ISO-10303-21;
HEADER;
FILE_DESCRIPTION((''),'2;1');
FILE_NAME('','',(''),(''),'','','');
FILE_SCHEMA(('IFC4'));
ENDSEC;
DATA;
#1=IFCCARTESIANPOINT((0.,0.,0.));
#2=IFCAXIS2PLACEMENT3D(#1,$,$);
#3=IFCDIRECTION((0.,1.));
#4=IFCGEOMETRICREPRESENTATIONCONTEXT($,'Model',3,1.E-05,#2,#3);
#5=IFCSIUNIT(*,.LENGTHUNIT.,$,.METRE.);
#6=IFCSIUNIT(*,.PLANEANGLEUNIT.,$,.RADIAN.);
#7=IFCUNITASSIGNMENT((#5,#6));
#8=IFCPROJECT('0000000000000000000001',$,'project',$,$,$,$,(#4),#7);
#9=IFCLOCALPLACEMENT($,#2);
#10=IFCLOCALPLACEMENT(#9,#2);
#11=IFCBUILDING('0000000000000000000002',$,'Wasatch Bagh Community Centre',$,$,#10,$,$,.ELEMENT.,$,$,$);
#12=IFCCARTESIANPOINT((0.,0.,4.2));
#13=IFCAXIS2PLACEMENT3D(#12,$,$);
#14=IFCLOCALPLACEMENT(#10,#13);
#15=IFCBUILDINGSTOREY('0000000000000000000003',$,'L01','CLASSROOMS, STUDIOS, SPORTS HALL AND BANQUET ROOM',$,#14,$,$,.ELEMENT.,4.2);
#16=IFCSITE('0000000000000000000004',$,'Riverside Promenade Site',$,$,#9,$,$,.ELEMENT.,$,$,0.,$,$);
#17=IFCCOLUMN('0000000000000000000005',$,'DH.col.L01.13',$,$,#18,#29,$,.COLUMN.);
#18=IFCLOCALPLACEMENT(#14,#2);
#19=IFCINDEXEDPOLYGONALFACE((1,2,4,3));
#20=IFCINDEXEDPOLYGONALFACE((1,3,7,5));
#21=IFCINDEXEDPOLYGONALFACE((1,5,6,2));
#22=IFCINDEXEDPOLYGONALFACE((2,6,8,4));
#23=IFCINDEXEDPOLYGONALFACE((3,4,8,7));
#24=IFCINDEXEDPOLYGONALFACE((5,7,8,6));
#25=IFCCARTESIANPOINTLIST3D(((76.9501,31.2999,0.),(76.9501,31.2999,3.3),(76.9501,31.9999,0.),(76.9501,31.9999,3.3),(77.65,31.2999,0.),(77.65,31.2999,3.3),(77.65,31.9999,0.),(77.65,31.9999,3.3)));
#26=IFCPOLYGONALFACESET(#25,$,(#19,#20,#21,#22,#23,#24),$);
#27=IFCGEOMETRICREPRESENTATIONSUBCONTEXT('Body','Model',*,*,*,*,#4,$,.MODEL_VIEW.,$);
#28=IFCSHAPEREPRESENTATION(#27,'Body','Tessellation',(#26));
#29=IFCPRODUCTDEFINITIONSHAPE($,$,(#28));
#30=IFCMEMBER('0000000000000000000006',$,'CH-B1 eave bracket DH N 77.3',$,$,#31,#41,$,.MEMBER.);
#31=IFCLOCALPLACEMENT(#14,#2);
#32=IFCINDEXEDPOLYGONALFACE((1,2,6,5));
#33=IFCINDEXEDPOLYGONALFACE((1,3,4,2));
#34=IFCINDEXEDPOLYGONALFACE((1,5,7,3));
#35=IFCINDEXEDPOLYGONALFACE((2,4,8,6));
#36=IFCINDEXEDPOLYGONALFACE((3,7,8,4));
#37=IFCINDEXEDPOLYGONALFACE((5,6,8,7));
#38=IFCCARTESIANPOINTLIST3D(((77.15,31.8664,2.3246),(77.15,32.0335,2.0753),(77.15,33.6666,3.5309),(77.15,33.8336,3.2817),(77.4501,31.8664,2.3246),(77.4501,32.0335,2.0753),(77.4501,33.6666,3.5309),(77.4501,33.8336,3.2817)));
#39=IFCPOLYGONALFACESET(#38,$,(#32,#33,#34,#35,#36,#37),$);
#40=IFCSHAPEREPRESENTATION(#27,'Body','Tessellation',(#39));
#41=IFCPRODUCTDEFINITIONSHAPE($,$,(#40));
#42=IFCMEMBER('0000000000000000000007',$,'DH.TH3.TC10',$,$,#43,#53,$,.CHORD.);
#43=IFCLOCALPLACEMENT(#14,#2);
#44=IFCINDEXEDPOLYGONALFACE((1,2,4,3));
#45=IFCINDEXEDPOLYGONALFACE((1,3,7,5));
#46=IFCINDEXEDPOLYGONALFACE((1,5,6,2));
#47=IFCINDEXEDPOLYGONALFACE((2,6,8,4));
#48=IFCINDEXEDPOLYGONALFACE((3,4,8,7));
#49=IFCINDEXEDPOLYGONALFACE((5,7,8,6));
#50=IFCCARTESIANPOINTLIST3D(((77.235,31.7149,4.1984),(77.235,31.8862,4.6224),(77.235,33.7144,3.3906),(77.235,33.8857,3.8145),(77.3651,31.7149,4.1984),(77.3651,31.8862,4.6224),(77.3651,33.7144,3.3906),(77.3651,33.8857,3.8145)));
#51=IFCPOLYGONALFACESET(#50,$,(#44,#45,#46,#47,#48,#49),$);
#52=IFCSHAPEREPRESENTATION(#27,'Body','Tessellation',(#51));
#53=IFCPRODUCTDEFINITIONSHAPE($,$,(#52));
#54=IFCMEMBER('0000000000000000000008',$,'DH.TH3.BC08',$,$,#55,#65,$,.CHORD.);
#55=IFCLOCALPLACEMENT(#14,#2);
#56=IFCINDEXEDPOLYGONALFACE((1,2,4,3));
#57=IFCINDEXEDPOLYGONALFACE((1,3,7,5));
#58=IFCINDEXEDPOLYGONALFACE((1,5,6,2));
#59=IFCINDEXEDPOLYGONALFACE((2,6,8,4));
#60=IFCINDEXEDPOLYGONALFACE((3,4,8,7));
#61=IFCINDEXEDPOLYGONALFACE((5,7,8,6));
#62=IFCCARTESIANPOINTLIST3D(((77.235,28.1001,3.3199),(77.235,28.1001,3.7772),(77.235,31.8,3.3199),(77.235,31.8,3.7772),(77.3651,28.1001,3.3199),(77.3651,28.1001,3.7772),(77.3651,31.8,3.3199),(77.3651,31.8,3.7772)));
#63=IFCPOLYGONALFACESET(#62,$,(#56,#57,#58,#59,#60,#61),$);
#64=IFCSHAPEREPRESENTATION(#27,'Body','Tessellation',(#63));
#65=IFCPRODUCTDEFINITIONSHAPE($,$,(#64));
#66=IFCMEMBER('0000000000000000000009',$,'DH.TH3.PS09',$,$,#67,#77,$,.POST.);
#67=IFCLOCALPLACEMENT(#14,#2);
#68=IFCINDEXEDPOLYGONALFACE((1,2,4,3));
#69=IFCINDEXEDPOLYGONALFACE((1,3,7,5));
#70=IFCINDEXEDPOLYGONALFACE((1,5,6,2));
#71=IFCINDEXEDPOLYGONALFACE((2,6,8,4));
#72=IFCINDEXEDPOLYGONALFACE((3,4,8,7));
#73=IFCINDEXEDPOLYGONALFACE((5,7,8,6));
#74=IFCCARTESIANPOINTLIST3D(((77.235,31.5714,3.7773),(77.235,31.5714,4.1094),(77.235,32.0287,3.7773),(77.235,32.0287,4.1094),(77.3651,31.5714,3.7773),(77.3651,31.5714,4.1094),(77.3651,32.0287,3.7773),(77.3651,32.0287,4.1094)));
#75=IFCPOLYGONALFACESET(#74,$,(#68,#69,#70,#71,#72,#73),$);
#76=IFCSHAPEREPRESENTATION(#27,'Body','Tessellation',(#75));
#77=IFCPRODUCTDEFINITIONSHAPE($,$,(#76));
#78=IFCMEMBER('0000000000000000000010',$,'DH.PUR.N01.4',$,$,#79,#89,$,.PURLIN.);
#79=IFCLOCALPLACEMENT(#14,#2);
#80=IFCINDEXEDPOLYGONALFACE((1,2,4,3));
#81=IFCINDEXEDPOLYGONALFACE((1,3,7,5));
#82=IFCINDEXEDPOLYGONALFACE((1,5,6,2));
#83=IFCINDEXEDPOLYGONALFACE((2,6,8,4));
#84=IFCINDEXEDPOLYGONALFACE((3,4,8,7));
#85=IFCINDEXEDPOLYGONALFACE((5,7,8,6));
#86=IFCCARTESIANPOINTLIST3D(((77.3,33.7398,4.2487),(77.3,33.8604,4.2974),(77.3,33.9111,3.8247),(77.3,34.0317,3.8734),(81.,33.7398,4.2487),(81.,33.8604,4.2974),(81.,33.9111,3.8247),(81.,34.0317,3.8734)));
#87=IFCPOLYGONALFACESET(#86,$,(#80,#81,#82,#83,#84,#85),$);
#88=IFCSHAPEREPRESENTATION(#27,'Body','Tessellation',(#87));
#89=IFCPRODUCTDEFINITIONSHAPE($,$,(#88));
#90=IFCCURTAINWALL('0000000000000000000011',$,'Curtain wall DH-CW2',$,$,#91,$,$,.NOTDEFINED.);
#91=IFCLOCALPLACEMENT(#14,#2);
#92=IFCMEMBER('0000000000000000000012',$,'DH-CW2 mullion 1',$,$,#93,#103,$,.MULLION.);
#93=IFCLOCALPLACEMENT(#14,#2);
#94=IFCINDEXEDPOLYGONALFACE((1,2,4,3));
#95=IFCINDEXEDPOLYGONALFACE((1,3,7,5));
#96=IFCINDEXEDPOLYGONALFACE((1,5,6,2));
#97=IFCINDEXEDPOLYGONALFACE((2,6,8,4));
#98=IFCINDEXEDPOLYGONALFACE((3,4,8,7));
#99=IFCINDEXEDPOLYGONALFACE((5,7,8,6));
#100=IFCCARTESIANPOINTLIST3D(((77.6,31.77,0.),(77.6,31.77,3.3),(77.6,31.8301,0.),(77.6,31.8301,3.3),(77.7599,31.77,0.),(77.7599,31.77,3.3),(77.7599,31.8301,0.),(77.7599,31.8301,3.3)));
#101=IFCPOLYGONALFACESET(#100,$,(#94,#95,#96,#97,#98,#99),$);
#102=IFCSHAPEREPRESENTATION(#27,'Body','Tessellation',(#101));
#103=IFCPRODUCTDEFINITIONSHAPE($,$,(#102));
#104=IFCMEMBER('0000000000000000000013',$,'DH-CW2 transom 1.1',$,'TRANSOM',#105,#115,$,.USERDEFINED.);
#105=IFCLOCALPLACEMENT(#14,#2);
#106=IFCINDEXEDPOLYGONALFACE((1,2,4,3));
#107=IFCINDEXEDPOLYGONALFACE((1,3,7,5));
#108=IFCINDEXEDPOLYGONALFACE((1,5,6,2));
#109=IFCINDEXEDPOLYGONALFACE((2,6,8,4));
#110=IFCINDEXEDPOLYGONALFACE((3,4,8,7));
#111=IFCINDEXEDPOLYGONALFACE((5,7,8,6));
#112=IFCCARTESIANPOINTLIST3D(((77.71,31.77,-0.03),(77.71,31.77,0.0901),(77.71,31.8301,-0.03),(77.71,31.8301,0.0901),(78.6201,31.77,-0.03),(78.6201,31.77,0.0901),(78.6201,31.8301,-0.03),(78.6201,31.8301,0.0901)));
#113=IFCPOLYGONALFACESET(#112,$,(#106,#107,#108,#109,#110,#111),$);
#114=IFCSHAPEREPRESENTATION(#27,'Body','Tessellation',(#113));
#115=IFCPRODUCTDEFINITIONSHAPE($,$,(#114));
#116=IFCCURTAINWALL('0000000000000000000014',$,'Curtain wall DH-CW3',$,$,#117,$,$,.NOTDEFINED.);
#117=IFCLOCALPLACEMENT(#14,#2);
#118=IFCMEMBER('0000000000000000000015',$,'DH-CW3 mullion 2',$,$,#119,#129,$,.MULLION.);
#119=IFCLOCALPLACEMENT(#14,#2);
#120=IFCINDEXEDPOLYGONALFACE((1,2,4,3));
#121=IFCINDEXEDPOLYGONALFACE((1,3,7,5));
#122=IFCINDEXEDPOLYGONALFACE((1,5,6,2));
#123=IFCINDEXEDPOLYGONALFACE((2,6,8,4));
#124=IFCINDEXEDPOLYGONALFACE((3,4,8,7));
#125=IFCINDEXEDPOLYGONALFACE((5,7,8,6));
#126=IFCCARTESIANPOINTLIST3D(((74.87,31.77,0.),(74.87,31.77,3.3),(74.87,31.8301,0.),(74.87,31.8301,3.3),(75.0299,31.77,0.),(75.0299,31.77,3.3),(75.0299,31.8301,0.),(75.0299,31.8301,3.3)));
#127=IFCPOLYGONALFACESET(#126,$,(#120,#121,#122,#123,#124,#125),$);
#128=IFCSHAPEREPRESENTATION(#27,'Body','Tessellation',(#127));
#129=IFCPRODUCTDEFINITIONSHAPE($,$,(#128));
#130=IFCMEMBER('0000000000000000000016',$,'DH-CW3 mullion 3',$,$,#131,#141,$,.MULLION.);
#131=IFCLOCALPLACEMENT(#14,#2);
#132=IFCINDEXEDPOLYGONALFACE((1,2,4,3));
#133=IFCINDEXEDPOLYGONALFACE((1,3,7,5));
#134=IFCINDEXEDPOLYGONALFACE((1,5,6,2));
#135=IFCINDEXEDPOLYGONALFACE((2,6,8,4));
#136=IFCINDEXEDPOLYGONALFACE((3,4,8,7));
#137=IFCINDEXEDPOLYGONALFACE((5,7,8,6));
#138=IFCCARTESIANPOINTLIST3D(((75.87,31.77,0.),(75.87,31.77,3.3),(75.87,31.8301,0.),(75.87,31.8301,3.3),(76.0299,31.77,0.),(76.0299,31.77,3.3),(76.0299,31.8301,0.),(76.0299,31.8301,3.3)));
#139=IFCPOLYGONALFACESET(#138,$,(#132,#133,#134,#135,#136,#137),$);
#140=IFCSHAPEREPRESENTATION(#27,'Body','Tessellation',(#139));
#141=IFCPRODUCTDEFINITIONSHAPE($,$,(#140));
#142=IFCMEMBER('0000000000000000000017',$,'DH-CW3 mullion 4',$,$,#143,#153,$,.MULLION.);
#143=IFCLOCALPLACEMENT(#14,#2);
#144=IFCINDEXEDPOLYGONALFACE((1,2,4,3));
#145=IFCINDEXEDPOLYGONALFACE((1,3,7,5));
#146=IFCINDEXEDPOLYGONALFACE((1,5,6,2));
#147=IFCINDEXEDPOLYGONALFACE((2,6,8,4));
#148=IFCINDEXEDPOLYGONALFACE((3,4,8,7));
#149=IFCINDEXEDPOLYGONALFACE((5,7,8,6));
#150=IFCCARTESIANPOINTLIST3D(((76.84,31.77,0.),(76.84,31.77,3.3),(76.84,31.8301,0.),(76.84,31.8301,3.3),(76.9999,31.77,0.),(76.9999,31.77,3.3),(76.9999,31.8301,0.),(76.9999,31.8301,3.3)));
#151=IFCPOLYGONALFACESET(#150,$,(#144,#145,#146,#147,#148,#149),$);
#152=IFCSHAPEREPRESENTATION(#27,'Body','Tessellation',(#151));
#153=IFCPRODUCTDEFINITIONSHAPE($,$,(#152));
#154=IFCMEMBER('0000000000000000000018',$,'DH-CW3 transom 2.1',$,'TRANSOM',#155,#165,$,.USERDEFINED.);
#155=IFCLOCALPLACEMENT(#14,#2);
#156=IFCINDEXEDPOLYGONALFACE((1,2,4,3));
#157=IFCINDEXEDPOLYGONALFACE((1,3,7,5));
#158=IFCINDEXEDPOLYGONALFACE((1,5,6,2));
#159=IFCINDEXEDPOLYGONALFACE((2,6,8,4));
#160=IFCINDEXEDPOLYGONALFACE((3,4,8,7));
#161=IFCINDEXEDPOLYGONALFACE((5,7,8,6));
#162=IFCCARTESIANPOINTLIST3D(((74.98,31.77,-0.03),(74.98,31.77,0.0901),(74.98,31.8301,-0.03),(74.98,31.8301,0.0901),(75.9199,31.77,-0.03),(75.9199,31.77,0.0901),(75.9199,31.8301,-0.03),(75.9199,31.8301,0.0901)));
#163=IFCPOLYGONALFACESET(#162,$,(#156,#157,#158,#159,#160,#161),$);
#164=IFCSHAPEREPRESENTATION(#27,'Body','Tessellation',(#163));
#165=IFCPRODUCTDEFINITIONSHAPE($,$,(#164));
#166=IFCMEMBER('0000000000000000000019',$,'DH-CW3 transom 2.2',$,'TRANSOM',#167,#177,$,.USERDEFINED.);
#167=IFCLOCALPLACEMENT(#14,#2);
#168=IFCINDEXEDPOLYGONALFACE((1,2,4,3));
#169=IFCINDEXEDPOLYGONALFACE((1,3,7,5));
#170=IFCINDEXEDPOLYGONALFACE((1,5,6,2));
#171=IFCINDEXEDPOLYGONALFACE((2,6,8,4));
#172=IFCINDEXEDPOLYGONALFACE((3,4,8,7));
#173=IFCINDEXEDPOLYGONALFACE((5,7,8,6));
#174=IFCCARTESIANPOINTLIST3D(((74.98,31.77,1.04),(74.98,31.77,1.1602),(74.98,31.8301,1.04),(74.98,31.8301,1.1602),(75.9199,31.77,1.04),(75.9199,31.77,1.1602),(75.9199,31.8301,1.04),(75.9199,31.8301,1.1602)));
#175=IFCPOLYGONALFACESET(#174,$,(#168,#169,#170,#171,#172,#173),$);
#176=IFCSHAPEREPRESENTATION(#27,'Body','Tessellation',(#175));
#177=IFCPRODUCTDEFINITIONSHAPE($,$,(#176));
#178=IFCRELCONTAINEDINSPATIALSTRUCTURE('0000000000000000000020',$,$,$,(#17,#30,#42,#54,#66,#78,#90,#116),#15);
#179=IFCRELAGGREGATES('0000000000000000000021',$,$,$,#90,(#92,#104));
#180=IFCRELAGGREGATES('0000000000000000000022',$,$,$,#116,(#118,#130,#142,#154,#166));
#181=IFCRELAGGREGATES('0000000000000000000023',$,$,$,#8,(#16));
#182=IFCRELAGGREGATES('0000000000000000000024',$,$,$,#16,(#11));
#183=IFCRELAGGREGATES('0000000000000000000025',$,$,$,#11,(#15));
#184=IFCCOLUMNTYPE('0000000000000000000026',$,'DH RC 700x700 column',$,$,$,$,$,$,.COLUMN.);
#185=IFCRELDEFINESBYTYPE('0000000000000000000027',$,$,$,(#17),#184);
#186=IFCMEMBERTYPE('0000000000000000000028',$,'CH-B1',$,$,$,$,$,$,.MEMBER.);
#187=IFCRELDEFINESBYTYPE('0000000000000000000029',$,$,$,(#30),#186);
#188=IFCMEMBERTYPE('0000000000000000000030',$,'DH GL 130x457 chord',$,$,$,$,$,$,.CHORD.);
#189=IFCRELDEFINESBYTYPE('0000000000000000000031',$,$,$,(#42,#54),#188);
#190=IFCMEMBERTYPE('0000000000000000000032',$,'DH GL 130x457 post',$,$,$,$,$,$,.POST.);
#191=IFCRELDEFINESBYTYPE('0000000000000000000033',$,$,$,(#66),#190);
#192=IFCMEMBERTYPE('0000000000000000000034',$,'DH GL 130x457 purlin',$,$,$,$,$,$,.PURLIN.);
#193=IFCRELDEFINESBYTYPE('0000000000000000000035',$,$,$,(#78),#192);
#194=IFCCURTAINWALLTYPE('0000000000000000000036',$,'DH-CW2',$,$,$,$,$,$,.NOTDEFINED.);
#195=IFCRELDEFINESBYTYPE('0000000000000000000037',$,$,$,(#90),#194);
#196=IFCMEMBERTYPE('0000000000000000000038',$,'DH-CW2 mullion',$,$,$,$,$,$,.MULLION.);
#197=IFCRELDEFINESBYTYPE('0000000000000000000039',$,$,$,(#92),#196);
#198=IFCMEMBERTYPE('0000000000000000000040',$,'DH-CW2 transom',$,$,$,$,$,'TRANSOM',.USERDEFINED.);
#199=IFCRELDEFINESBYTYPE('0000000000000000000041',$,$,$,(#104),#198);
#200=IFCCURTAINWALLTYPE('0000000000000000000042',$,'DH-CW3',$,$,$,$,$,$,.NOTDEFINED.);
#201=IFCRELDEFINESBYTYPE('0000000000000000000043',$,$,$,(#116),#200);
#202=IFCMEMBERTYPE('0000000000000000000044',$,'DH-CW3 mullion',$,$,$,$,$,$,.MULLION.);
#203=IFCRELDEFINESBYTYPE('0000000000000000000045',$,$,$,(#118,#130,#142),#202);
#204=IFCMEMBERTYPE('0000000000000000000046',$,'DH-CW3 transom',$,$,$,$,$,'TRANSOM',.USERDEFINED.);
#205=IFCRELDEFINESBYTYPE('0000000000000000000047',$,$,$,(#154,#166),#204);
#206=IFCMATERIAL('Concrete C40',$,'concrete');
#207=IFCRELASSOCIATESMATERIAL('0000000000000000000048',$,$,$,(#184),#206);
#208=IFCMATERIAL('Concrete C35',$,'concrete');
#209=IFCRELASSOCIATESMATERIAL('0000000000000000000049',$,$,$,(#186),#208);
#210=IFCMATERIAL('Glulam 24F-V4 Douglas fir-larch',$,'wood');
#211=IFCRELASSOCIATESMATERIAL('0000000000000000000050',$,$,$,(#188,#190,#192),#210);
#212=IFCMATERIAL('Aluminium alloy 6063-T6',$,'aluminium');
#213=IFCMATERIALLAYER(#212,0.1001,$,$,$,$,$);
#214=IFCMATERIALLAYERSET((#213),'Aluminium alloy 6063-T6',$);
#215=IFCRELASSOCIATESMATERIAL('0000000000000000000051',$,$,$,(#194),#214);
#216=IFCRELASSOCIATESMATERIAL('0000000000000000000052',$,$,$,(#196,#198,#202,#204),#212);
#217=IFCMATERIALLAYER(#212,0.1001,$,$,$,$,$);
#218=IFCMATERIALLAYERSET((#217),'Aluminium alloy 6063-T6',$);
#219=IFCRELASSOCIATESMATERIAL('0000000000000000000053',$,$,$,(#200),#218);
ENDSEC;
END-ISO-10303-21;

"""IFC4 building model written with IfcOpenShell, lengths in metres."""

from ifc_helpers import new_model, si_unit, direction, frame, origin, origin_2d, place, context, subcontext, project, spatial, rectangle, extrude, material, layer, layer_set, material_profile, profile_set, type_object, element, aggregate, save


model = new_model("IFC4")

# Units and contexts
model_context = context("Model", 3, precision=1e-05, world=origin(), true_north=direction((0.0, 1.0)))
body_context = subcontext(model_context, "Body", "Model", "MODEL_VIEW")
ifc_project = project(units=[si_unit("LENGTHUNIT", "METRE"), si_unit("PLANEANGLEUNIT", "RADIAN")], contexts=[model_context])

# Site, building, storey
site_placement = place(None, origin())
site = spatial("IfcSite", under=ifc_project, at=site_placement, Name="Riverside Promenade Site", CompositionType="ELEMENT", RefElevation=0.0)
building_placement = place(site_placement, origin())
building = spatial("IfcBuilding", under=site, at=building_placement, Name="Wasatch Bagh Community Centre", CompositionType="ELEMENT")
storey_placement = place(building_placement, frame((0.0, 0.0, 4.2)))
storey = spatial("IfcBuildingStorey", under=building, at=storey_placement, Name="L01", Description="CLASSROOMS, STUDIOS, SPORTS HALL AND BANQUET ROOM", CompositionType="ELEMENT", Elevation=4.2)

# Column
ifc_material_1 = material(Name="Concrete C40", Category="concrete")
ifc_material_profile_1 = material_profile(ifc_material_1, rectangle(XDim=0.7, YDim=0.7, at=origin_2d()), Name="RC 700x700")
ifc_profile_set_1 = profile_set([ifc_material_profile_1], Name="Concrete C40")
column_type = type_object("IfcColumnType", Name="DH RC 700x700 column", PredefinedType="COLUMN", material=ifc_profile_set_1)
column_placement = place(storey_placement, frame((77.3, 31.6499, 0.0), z_axis=(0.0, 0.0, 1.0), x_axis=(1.0, 0.0, 0.0)))
element("IfcColumn", 1, at=column_placement, inside=storey, type_object=column_type, Name="DH.col.L01.13", PredefinedType="COLUMN", context=body_context, shape_type="SweptSolid", body=[
    extrude(rectangle(XDim=0.7, YDim=0.7, at=origin_2d()), origin(), (0.0, 0.0, 1.0), 3.3),
])

# Members
ifc_material_2 = material(Name="Concrete C35", Category="concrete")
ifc_material_profile_2 = material_profile(ifc_material_2, rectangle(XDim=0.3, YDim=0.3, at=origin_2d()), Name="RC 300x300")
ifc_profile_set_2 = profile_set([ifc_material_profile_2], Name="Concrete C35")
member_type_1 = type_object("IfcMemberType", Name="CH-B1", PredefinedType="MEMBER", material=ifc_profile_set_2)
member_1_placement = place(storey_placement, frame((77.3, 31.95, 2.2), z_axis=(0.0, 0.830713, 0.556701), x_axis=(-1.0, 0.0, 0.0)))
element("IfcMember", 2, at=member_1_placement, inside=storey, type_object=member_type_1, Name="CH-B1 eave bracket DH N 77.3", PredefinedType="MEMBER", context=body_context, shape_type="SweptSolid", body=[
    extrude(rectangle(XDim=0.3, YDim=0.3, at=origin_2d()), origin(), (0.0, 0.0, 1.0), 2.167),
])
ifc_material_3 = material(Name="Glulam 24F-V4 Douglas fir-larch", Category="wood")
ifc_material_profile_3 = material_profile(ifc_material_3, rectangle(XDim=0.1301, YDim=0.4573, at=origin_2d()), Name="GL 130x457")
ifc_profile_set_3 = profile_set([ifc_material_profile_3], Name="Glulam 24F-V4 Douglas fir-larch")
member_type_2 = type_object("IfcMemberType", Name="DH GL 130x457 chord", PredefinedType="CHORD", material=ifc_profile_set_3)
member_2_placement = place(storey_placement, frame((77.3, 31.8005, 4.4104), z_axis=(0.0, 0.927183, -0.374609), x_axis=(-1.0, 0.0, 0.0)))
element("IfcMember", 3, at=member_2_placement, inside=storey, type_object=member_type_2, Name="DH.TH3.TC10", PredefinedType="CHORD", context=body_context, shape_type="SweptSolid", body=[
    extrude(rectangle(XDim=0.1301, YDim=0.4573, at=origin_2d()), origin(), (0.0, 0.0, 1.0), 2.1565),
])
member_3_placement = place(storey_placement, frame((77.3, 28.1001, 3.5486), z_axis=(0.0, 1.0, 0.0), x_axis=(-1.0, 0.0, 0.0)))
element("IfcMember", 4, at=member_3_placement, inside=storey, type_object=member_type_2, Name="DH.TH3.BC08", PredefinedType="CHORD", context=body_context, shape_type="SweptSolid", body=[
    extrude(rectangle(XDim=0.1301, YDim=0.4573, at=origin_2d()), origin(), (0.0, 0.0, 1.0), 3.7),
])
ifc_material_profile_4 = material_profile(ifc_material_3, rectangle(XDim=0.1301, YDim=0.4573, at=origin_2d()), Name="GL 130x457")
ifc_profile_set_4 = profile_set([ifc_material_profile_4], Name="Glulam 24F-V4 Douglas fir-larch")
member_type_3 = type_object("IfcMemberType", Name="DH GL 130x457 post", PredefinedType="POST", material=ifc_profile_set_4)
member_4_placement = place(storey_placement, frame((77.3, 31.8, 3.7773), z_axis=(0.0, 0.0, 1.0), x_axis=(1.0, 0.0, 0.0)))
element("IfcMember", 5, at=member_4_placement, inside=storey, type_object=member_type_3, Name="DH.TH3.PS09", PredefinedType="POST", context=body_context, shape_type="SweptSolid", body=[
    extrude(rectangle(XDim=0.1301, YDim=0.4573, at=origin_2d()), origin(), (0.0, 0.0, 1.0), 0.332),
])
ifc_material_profile_5 = material_profile(ifc_material_3, rectangle(XDim=0.1301, YDim=0.4573, at=origin_2d()), Name="GL 130x457")
ifc_profile_set_5 = profile_set([ifc_material_profile_5], Name="Glulam 24F-V4 Douglas fir-larch")
member_type_4 = type_object("IfcMemberType", Name="DH GL 130x457 purlin", PredefinedType="PURLIN", material=ifc_profile_set_5)
member_5_placement = place(storey_placement, frame((77.3, 33.8857, 4.061), z_axis=(1.0, 0.0, 0.0), x_axis=(0.0, 0.927184, 0.374607)))
element("IfcMember", 6, at=member_5_placement, inside=storey, type_object=member_type_4, Name="DH.PUR.N01.4", PredefinedType="PURLIN", context=body_context, shape_type="SweptSolid", body=[
    extrude(rectangle(XDim=0.1301, YDim=0.4573, at=origin_2d()), origin(), (0.0, 0.0, 1.0), 3.7),
])

# Curtain wall, members
ifc_material_4 = material(Name="Aluminium alloy 6063-T6", Category="aluminium")
ifc_layer_1 = layer(ifc_material_4, 0.1001)
ifc_layer_set_1 = layer_set([ifc_layer_1], Name="Aluminium alloy 6063-T6")
curtain_wall_type_1 = type_object("IfcCurtainWallType", Name="DH-CW2", PredefinedType="NOTDEFINED", material=ifc_layer_set_1)
curtain_wall_1_placement = place(storey_placement, origin())
curtain_wall_1 = element("IfcCurtainWall", 7, at=curtain_wall_1_placement, inside=storey, type_object=curtain_wall_type_1, Name="Curtain wall DH-CW2", PredefinedType="NOTDEFINED")
ifc_material_profile_6 = material_profile(ifc_material_4, rectangle(XDim=0.0601, YDim=0.1599, at=origin_2d()), Name="AL 60x160")
ifc_profile_set_6 = profile_set([ifc_material_profile_6], Name="Aluminium alloy 6063-T6")
member_type_5 = type_object("IfcMemberType", Name="DH-CW2 mullion", PredefinedType="MULLION", material=ifc_profile_set_6)
member_6_placement = place(storey_placement, frame((77.6799, 31.8, 0.0), z_axis=(0.0, 0.0, 1.0), x_axis=(0.0, 1.0, 0.0)))
member_6 = element("IfcMember", 8, at=member_6_placement, type_object=member_type_5, Name="DH-CW2 mullion 1", PredefinedType="MULLION", context=body_context, shape_type="SweptSolid", body=[
    extrude(rectangle(XDim=0.0601, YDim=0.1599, at=origin_2d()), origin(), (0.0, 0.0, 1.0), 3.3),
])
ifc_material_profile_7 = material_profile(ifc_material_4, rectangle(XDim=0.0601, YDim=0.1201, at=origin_2d()), Name="AL 60x120")
ifc_profile_set_7 = profile_set([ifc_material_profile_7], Name="Aluminium alloy 6063-T6")
member_type_6 = type_object("IfcMemberType", Name="DH-CW2 transom", ElementType="TRANSOM", PredefinedType="USERDEFINED", material=ifc_profile_set_7)
member_7_placement = place(storey_placement, frame((77.71, 31.8, 0.03), z_axis=(1.0, 0.0, 0.0), x_axis=(0.0, 1.0, 0.0)))
member_7 = element("IfcMember", 9, at=member_7_placement, type_object=member_type_6, Name="DH-CW2 transom 1.1", ObjectType="TRANSOM", PredefinedType="USERDEFINED", context=body_context, shape_type="SweptSolid", body=[
    extrude(rectangle(XDim=0.0601, YDim=0.1201, at=origin_2d()), origin(), (0.0, 0.0, 1.0), 0.9102),
])
aggregate(curtain_wall_1, [member_6, member_7])

# Curtain wall, members
ifc_layer_2 = layer(ifc_material_4, 0.1001)
ifc_layer_set_2 = layer_set([ifc_layer_2], Name="Aluminium alloy 6063-T6")
curtain_wall_type_2 = type_object("IfcCurtainWallType", Name="DH-CW3", PredefinedType="NOTDEFINED", material=ifc_layer_set_2)
curtain_wall_2_placement = place(storey_placement, origin())
curtain_wall_2 = element("IfcCurtainWall", 10, at=curtain_wall_2_placement, inside=storey, type_object=curtain_wall_type_2, Name="Curtain wall DH-CW3", PredefinedType="NOTDEFINED")
ifc_material_profile_8 = material_profile(ifc_material_4, rectangle(XDim=0.0601, YDim=0.1599, at=origin_2d()), Name="AL 60x160")
ifc_profile_set_8 = profile_set([ifc_material_profile_8], Name="Aluminium alloy 6063-T6")
member_type_7 = type_object("IfcMemberType", Name="DH-CW3 mullion", PredefinedType="MULLION", material=ifc_profile_set_8)
member_8_placement = place(storey_placement, frame((74.95, 31.8, 0.0), z_axis=(0.0, 0.0, 1.0), x_axis=(0.0, 1.0, 0.0)))
member_8 = element("IfcMember", 11, at=member_8_placement, type_object=member_type_7, Name="DH-CW3 mullion 2", PredefinedType="MULLION", context=body_context, shape_type="SweptSolid", body=[
    extrude(rectangle(XDim=0.0601, YDim=0.1599, at=origin_2d()), origin(), (0.0, 0.0, 1.0), 3.3),
])
member_9_placement = place(storey_placement, frame((75.95, 31.8, 0.0), z_axis=(0.0, 0.0, 1.0), x_axis=(0.0, 1.0, 0.0)))
member_9 = element("IfcMember", 12, at=member_9_placement, type_object=member_type_7, Name="DH-CW3 mullion 3", PredefinedType="MULLION", context=body_context, shape_type="SweptSolid", body=[
    extrude(rectangle(XDim=0.0601, YDim=0.1599, at=origin_2d()), origin(), (0.0, 0.0, 1.0), 3.3),
])
member_10_placement = place(storey_placement, frame((76.9199, 31.8, 0.0), z_axis=(0.0, 0.0, 1.0), x_axis=(0.0, 1.0, 0.0)))
member_10 = element("IfcMember", 13, at=member_10_placement, type_object=member_type_7, Name="DH-CW3 mullion 4", PredefinedType="MULLION", context=body_context, shape_type="SweptSolid", body=[
    extrude(rectangle(XDim=0.0601, YDim=0.1599, at=origin_2d()), origin(), (0.0, 0.0, 1.0), 3.3),
])
ifc_material_profile_9 = material_profile(ifc_material_4, rectangle(XDim=0.0601, YDim=0.1201, at=origin_2d()), Name="AL 60x120")
ifc_profile_set_9 = profile_set([ifc_material_profile_9], Name="Aluminium alloy 6063-T6")
member_type_8 = type_object("IfcMemberType", Name="DH-CW3 transom", ElementType="TRANSOM", PredefinedType="USERDEFINED", material=ifc_profile_set_9)
member_11_placement = place(storey_placement, frame((74.98, 31.8, 0.03), z_axis=(1.0, 0.0, 0.0), x_axis=(0.0, 1.0, 0.0)))
member_11 = element("IfcMember", 14, at=member_11_placement, type_object=member_type_8, Name="DH-CW3 transom 2.1", ObjectType="TRANSOM", PredefinedType="USERDEFINED", context=body_context, shape_type="SweptSolid", body=[
    extrude(rectangle(XDim=0.0601, YDim=0.1201, at=origin_2d()), origin(), (0.0, 0.0, 1.0), 0.9399),
])
member_12_placement = place(storey_placement, frame((74.98, 31.8, 1.1001), z_axis=(1.0, 0.0, 0.0), x_axis=(0.0, 1.0, 0.0)))
member_12 = element("IfcMember", 15, at=member_12_placement, type_object=member_type_8, Name="DH-CW3 transom 2.2", ObjectType="TRANSOM", PredefinedType="USERDEFINED", context=body_context, shape_type="SweptSolid", body=[
    extrude(rectangle(XDim=0.0601, YDim=0.1201, at=origin_2d()), origin(), (0.0, 0.0, 1.0), 0.9399),
])
aggregate(curtain_wall_2, [member_8, member_9, member_10, member_11, member_12])

save(model, "model.ifc")
